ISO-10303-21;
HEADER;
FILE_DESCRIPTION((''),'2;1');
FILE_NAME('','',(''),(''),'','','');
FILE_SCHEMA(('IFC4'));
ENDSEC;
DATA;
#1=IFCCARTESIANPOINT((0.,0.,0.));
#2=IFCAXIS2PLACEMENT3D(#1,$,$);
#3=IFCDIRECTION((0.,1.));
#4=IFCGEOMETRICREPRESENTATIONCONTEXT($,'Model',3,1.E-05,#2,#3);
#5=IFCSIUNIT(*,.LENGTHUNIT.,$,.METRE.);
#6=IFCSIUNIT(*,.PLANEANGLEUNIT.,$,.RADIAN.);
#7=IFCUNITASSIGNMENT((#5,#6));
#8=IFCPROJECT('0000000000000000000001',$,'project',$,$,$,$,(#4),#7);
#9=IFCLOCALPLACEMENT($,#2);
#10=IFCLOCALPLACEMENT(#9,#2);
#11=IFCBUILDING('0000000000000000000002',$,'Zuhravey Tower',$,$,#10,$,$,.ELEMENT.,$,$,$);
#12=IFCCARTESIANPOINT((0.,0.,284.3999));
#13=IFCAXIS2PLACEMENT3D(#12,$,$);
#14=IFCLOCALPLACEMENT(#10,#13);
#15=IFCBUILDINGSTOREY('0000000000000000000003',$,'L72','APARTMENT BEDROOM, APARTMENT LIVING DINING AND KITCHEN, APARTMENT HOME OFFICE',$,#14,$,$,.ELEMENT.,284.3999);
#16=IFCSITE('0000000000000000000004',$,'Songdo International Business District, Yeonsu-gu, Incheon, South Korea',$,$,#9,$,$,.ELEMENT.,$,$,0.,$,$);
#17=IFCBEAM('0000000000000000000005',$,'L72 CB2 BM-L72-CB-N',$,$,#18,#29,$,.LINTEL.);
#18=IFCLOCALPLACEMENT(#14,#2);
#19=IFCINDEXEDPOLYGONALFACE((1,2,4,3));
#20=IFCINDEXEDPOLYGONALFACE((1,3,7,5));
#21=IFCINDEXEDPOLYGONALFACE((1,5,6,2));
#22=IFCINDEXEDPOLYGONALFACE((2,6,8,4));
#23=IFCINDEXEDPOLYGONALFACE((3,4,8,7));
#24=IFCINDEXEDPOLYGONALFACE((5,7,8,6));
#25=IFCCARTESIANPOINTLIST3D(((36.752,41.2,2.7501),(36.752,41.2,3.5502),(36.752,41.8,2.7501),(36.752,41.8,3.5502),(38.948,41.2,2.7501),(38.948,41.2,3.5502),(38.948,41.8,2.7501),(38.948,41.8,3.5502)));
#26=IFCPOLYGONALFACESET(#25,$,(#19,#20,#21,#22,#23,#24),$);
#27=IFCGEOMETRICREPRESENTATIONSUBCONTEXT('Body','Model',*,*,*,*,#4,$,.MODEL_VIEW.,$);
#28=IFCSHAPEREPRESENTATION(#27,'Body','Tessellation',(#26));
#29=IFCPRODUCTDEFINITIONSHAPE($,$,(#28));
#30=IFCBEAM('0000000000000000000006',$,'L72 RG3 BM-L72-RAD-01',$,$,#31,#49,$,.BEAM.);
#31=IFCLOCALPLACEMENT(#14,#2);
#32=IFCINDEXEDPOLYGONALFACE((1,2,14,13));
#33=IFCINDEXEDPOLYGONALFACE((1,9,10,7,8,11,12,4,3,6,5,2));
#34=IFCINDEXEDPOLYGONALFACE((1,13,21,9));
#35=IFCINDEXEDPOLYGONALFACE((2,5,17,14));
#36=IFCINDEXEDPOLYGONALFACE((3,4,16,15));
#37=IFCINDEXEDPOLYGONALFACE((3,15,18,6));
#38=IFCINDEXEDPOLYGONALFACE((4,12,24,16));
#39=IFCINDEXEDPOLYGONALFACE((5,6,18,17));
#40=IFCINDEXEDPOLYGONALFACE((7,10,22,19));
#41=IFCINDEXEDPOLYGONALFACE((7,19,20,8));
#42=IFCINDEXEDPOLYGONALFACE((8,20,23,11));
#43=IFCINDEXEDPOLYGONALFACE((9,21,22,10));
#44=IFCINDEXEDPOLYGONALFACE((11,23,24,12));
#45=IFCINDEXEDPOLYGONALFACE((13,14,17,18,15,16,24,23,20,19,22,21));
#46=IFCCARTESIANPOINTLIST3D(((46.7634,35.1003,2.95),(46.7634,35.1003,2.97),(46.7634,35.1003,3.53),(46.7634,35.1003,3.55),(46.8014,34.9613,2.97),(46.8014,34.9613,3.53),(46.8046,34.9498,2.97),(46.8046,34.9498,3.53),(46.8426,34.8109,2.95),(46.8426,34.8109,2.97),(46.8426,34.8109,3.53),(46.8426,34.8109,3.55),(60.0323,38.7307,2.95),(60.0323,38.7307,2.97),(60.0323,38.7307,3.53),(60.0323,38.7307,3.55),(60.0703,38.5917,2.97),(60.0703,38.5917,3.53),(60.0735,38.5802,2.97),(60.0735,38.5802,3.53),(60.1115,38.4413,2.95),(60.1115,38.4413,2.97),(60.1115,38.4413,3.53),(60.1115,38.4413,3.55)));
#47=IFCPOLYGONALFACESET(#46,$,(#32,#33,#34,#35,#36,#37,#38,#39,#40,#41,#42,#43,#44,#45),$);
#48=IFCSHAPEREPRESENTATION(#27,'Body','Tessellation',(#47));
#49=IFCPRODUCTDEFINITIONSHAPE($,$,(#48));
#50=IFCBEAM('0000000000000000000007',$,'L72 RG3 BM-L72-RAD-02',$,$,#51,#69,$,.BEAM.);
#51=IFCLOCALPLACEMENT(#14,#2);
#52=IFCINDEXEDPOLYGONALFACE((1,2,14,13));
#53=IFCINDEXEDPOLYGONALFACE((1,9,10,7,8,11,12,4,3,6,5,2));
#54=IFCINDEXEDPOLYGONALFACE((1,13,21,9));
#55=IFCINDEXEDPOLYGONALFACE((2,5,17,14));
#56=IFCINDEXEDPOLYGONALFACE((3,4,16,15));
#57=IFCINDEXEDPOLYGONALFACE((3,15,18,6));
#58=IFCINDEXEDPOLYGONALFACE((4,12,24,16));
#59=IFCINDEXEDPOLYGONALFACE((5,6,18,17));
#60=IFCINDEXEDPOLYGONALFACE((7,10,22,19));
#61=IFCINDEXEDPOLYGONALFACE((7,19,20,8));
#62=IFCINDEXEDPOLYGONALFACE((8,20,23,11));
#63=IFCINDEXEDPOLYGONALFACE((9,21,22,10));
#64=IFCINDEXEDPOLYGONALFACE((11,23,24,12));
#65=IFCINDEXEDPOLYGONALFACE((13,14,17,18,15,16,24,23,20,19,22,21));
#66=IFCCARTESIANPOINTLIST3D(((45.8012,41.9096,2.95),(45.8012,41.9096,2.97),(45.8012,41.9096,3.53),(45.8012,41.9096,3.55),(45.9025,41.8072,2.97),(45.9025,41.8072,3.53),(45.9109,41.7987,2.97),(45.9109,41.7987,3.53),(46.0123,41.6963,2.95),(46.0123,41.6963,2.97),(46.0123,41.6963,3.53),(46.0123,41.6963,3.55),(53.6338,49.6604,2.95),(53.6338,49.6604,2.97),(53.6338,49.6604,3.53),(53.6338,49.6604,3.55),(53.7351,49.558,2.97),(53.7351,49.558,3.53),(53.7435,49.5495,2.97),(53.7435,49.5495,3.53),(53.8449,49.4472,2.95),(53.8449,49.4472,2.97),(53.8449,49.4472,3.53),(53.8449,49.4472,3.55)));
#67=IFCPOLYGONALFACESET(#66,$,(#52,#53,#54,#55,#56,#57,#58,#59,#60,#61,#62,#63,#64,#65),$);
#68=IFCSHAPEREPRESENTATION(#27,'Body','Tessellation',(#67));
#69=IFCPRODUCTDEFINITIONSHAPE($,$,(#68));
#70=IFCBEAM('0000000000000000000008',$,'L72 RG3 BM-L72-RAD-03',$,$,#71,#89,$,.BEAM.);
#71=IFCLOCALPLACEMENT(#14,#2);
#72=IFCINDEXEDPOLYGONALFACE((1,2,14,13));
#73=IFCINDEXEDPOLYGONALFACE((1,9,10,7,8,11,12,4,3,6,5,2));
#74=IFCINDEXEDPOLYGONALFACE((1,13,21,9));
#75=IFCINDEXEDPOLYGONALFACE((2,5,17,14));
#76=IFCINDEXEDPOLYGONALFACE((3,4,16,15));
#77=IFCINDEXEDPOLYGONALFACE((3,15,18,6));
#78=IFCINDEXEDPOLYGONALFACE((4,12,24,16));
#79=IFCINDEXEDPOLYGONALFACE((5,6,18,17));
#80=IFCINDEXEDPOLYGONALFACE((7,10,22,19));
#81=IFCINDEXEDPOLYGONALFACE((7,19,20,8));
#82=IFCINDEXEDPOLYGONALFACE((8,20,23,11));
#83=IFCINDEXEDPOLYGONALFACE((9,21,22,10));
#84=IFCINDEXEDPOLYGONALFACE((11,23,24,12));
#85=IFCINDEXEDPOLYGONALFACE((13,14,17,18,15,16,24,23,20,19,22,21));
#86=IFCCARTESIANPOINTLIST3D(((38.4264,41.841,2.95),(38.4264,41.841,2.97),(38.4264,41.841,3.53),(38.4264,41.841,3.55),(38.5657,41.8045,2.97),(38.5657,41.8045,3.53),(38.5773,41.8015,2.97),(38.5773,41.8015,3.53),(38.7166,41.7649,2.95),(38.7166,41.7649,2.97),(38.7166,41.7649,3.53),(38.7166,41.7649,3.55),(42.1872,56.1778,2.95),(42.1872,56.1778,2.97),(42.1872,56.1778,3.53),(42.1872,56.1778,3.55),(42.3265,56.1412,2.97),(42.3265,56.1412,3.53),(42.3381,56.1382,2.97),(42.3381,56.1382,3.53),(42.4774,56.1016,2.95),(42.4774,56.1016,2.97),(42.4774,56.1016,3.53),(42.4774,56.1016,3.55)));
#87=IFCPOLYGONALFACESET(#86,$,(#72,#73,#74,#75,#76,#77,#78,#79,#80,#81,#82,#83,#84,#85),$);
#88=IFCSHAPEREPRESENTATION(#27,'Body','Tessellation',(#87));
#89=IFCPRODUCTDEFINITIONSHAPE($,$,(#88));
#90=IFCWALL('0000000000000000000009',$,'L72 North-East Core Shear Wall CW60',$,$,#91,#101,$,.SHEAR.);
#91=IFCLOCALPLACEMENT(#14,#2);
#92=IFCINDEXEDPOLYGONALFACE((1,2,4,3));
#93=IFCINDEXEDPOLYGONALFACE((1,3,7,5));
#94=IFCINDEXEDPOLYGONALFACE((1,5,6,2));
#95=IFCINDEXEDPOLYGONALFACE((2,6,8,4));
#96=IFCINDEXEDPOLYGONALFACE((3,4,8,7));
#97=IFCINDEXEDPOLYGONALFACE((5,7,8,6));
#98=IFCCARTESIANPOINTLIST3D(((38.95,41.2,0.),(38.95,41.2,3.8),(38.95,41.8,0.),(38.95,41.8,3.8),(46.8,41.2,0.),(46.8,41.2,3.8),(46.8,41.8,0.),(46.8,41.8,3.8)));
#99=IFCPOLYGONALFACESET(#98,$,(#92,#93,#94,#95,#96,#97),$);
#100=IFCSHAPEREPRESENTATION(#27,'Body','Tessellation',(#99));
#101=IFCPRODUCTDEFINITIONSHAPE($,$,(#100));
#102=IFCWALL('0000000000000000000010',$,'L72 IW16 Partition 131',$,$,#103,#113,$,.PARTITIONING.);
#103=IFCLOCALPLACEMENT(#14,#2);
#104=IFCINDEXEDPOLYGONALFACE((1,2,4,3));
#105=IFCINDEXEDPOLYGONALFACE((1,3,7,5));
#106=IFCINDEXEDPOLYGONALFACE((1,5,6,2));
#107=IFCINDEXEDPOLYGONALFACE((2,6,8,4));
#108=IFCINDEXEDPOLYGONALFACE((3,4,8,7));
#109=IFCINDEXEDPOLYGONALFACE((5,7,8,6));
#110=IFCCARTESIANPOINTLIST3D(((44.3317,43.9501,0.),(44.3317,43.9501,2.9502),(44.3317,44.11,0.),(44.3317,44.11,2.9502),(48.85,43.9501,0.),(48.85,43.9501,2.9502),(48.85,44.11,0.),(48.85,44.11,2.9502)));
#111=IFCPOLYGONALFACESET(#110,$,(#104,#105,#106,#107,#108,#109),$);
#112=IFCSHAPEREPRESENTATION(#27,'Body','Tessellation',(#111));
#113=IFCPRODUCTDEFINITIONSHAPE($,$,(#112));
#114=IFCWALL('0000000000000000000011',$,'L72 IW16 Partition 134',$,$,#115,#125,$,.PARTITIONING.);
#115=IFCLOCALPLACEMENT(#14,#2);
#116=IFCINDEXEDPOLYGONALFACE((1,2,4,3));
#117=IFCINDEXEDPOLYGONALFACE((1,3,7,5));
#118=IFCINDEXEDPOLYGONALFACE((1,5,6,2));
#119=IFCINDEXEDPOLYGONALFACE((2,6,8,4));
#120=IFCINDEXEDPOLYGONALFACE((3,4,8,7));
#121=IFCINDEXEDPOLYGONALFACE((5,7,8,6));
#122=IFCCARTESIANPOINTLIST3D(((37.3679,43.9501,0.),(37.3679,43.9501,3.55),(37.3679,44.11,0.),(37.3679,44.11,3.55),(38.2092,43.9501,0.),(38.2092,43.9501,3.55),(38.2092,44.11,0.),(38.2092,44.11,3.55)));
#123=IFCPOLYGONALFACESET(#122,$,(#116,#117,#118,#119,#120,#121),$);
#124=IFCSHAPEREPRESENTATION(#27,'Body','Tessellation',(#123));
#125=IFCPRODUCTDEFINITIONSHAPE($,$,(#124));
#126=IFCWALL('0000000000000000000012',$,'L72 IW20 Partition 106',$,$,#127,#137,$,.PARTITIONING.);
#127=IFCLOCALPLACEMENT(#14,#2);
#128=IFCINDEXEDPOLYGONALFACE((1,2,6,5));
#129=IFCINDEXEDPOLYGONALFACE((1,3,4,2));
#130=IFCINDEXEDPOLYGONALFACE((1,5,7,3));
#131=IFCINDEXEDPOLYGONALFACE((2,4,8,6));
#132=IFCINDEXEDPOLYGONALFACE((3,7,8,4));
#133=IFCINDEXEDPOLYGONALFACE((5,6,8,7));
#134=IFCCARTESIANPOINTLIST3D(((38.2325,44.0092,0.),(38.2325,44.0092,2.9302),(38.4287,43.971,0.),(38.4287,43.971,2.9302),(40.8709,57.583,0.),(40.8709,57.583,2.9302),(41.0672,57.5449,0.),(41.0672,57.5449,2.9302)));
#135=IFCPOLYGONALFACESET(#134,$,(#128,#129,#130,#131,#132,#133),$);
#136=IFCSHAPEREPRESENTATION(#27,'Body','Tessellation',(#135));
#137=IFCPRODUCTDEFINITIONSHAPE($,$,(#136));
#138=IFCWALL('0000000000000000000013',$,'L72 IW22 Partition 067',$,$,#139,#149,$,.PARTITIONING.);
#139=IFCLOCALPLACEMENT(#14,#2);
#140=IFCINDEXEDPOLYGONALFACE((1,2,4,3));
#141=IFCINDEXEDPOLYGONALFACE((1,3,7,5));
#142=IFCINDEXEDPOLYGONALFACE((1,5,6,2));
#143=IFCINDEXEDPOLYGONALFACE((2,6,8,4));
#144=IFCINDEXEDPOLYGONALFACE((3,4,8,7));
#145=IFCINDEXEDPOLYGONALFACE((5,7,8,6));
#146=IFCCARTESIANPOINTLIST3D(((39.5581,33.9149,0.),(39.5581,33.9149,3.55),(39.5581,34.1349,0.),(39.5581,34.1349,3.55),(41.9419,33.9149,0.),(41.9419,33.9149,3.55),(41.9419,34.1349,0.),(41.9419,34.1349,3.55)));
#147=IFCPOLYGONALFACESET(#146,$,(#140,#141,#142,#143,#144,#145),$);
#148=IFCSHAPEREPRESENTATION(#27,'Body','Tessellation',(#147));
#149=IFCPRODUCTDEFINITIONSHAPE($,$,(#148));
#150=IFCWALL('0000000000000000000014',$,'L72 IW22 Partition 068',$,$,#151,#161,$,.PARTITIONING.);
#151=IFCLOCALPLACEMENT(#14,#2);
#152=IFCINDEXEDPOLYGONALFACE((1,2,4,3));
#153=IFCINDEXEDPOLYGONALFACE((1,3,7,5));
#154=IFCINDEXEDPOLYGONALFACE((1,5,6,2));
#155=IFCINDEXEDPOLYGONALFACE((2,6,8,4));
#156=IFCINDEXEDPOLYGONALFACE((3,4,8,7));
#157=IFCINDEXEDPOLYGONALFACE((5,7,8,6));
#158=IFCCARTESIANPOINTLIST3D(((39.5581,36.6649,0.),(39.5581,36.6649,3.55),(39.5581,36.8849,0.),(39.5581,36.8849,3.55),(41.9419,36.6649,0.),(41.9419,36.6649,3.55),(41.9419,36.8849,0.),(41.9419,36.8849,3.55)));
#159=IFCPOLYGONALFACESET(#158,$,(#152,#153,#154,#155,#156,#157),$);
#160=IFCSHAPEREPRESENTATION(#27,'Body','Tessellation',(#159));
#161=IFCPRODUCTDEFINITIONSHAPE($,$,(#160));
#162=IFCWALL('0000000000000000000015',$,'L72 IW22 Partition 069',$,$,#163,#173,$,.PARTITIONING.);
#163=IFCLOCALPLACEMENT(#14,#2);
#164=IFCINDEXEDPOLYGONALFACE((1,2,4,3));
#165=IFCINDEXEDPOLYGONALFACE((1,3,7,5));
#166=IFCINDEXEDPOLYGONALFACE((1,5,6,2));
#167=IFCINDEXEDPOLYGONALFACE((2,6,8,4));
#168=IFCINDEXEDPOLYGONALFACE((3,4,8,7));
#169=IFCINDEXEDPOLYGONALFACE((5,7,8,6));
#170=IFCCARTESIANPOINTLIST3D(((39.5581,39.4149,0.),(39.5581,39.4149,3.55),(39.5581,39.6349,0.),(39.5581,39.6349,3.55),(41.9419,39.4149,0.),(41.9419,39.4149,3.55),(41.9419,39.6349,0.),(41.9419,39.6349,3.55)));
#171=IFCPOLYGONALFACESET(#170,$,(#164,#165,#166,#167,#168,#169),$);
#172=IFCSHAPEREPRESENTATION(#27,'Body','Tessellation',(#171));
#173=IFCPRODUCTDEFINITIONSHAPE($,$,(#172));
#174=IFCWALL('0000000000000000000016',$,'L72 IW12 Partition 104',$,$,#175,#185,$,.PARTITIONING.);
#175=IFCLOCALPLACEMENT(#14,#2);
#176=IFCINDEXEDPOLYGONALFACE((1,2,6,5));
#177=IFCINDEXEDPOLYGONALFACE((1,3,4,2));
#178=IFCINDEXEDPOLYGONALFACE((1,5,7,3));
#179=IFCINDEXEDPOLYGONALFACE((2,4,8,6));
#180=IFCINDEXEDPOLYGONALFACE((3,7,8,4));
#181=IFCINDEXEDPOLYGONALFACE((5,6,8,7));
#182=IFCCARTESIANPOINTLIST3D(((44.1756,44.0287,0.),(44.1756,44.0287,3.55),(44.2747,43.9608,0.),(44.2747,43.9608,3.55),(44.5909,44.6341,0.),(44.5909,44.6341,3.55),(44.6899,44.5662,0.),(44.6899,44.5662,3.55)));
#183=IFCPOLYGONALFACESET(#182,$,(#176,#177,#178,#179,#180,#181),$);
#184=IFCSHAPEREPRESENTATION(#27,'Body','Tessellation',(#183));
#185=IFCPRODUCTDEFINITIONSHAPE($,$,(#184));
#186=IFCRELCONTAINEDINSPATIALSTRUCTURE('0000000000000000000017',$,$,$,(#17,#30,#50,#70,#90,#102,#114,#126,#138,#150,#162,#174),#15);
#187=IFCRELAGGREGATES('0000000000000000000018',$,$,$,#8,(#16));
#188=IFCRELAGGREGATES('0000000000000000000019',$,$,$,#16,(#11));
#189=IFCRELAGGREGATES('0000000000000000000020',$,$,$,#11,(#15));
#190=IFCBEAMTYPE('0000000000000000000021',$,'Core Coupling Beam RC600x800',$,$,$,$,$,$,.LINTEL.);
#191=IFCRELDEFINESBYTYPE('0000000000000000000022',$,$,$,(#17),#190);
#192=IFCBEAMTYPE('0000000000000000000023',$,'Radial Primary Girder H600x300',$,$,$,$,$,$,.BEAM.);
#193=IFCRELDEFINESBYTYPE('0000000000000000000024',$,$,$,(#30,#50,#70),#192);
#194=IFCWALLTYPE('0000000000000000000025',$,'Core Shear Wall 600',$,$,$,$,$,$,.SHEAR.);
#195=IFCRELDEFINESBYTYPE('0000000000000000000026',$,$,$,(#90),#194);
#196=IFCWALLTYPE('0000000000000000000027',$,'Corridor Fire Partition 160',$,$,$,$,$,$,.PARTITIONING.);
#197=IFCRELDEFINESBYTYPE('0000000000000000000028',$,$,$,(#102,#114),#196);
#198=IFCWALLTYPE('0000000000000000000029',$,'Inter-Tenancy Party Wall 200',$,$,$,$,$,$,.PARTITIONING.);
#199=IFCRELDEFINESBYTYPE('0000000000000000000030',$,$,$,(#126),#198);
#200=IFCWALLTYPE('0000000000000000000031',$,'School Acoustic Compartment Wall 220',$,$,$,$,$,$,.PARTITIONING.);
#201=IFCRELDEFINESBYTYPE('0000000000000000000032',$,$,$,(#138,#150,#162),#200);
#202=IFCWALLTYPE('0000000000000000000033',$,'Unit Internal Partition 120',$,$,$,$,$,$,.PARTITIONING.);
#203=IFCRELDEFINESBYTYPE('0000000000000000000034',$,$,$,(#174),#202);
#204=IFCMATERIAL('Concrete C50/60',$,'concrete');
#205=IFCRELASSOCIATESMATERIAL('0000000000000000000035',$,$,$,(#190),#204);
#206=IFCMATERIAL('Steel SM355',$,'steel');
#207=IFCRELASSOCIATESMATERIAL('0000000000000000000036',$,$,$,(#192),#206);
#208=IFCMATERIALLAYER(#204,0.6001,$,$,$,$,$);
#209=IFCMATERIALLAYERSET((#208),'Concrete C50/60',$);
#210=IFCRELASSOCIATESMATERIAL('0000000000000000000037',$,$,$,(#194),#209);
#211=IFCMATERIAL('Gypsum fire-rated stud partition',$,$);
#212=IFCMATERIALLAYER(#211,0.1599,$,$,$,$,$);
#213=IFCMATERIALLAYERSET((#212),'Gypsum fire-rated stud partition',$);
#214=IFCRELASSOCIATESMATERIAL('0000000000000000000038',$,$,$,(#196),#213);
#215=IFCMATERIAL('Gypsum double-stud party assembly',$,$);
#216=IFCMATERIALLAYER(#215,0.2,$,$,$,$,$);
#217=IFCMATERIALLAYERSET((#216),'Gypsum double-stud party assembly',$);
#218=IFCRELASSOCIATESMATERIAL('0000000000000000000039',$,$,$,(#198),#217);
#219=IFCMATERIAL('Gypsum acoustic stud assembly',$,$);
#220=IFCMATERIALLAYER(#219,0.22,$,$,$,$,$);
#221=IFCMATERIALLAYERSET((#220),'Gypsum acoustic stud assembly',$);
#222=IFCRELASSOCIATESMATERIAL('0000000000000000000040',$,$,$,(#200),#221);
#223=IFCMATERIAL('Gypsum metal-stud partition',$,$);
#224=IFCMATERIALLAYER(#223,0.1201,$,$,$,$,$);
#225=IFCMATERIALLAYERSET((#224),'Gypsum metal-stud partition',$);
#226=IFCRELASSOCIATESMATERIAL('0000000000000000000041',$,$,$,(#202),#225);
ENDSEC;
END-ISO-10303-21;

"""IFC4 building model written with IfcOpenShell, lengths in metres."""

from ifc_helpers import new_model, si_unit, direction, frame, frame_2d, origin, origin_2d, place, context, subcontext, project, spatial, rectangle, i_section, extrude, material, layer, layer_set, material_profile, profile_set, type_object, element, save


model = new_model("IFC4")

# Units and contexts
model_context = context("Model", 3, precision=1e-05, world=origin(), true_north=direction((0.0, 1.0)))
body_context = subcontext(model_context, "Body", "Model", "MODEL_VIEW")
ifc_project = project(units=[si_unit("LENGTHUNIT", "METRE"), si_unit("PLANEANGLEUNIT", "RADIAN")], contexts=[model_context])

# Site, building, storey
site_placement = place(None, origin())
site = spatial("IfcSite", under=ifc_project, at=site_placement, Name="Songdo International Business District, Yeonsu-gu, Incheon, South Korea", CompositionType="ELEMENT", RefElevation=0.0)
building_placement = place(site_placement, origin())
building = spatial("IfcBuilding", under=site, at=building_placement, Name="Zuhravey Tower", CompositionType="ELEMENT")
storey_placement = place(building_placement, frame((0.0, 0.0, 284.3999)))
storey = spatial("IfcBuildingStorey", under=building, at=storey_placement, Name="L72", Description="APARTMENT BEDROOM, APARTMENT LIVING DINING AND KITCHEN, APARTMENT HOME OFFICE", CompositionType="ELEMENT", Elevation=284.3999)

# Beams
ifc_material_1 = material(Name="Concrete C50/60", Category="concrete")
ifc_material_profile_1 = material_profile(ifc_material_1, rectangle(XDim=0.6001, YDim=0.8, at=origin_2d()), Name="RC-600x800")
ifc_profile_set_1 = profile_set([ifc_material_profile_1], Name="Concrete C50/60")
beam_type_1 = type_object("IfcBeamType", Name="Core Coupling Beam RC600x800", PredefinedType="LINTEL", material=ifc_profile_set_1)
beam_1_placement = place(storey_placement, frame((36.752, 41.5, 3.1501), z_axis=(1.0, 0.0, 0.0), x_axis=(0.0, 1.0, 0.0)))
element("IfcBeam", 1, at=beam_1_placement, inside=storey, type_object=beam_type_1, Name="L72 CB2 BM-L72-CB-N", PredefinedType="LINTEL", context=body_context, shape_type="SweptSolid", body=[
    extrude(rectangle(XDim=0.6001, YDim=0.8, at=origin_2d()), origin(), (0.0, 0.0, 1.0), 2.196),
])
ifc_material_2 = material(Name="Steel SM355", Category="steel")
ifc_material_profile_2 = material_profile(ifc_material_2, i_section(OverallWidth=0.3, OverallDepth=0.6001, WebThickness=0.012, FlangeThickness=0.02, at=origin_2d()), Name="H-600x300x12x20")
ifc_profile_set_2 = profile_set([ifc_material_profile_2], Name="Steel SM355")
beam_type_2 = type_object("IfcBeamType", Name="Radial Primary Girder H600x300", PredefinedType="BEAM", material=ifc_profile_set_2)
beam_2_placement = place(storey_placement, frame((46.803, 34.9556, 3.25), z_axis=(0.964549, 0.263903, 0.0), x_axis=(-0.263903, 0.964549, 0.0)))
element("IfcBeam", 2, at=beam_2_placement, inside=storey, type_object=beam_type_2, Name="L72 RG3 BM-L72-RAD-01", PredefinedType="BEAM", context=body_context, shape_type="SweptSolid", body=[
    extrude(i_section(OverallWidth=0.3, OverallDepth=0.6001, WebThickness=0.012, FlangeThickness=0.02, at=origin_2d()), origin(), (0.0, 0.0, 1.0), 13.7566),
])
beam_3_placement = place(storey_placement, frame((45.9067, 41.803, 3.25), z_axis=(0.710808, 0.703386, 0.0), x_axis=(-0.703386, 0.710808, 0.0)))
element("IfcBeam", 3, at=beam_3_placement, inside=storey, type_object=beam_type_2, Name="L72 RG3 BM-L72-RAD-02", PredefinedType="BEAM", context=body_context, shape_type="SweptSolid", body=[
    extrude(i_section(OverallWidth=0.3, OverallDepth=0.6001, WebThickness=0.012, FlangeThickness=0.02, at=origin_2d()), origin(), (0.0, 0.0, 1.0), 11.0193),
])
beam_4_placement = place(storey_placement, frame((38.5715, 41.803, 3.25), z_axis=(0.253732, 0.967275, 0.0), x_axis=(-0.967275, 0.253732, 0.0)))
element("IfcBeam", 4, at=beam_4_placement, inside=storey, type_object=beam_type_2, Name="L72 RG3 BM-L72-RAD-03", PredefinedType="BEAM", context=body_context, shape_type="SweptSolid", body=[
    extrude(i_section(OverallWidth=0.3, OverallDepth=0.6001, WebThickness=0.012, FlangeThickness=0.02, at=origin_2d()), origin(), (0.0, 0.0, 1.0), 14.8218),
])

# Wall
ifc_layer_1 = layer(ifc_material_1, 0.6001)
ifc_layer_set_1 = layer_set([ifc_layer_1], Name="Concrete C50/60")
wall_type_1 = type_object("IfcWallType", Name="Core Shear Wall 600", PredefinedType="SHEAR", material=ifc_layer_set_1)
wall_1_placement = place(storey_placement, frame((46.8, 41.5, 0.0), z_axis=(0.0, 0.0, 1.0), x_axis=(-1.0, 0.0, 0.0)))
element("IfcWall", 5, at=wall_1_placement, inside=storey, type_object=wall_type_1, Name="L72 North-East Core Shear Wall CW60", PredefinedType="SHEAR", context=body_context, shape_type="SweptSolid", body=[
    extrude(rectangle(XDim=7.8501, YDim=0.6001, at=frame_2d((3.925, 0.0))), origin(), (0.0, 0.0, 1.0), 3.8),
])

# Shared definitions
ifc_material_3 = material(Name="Gypsum fire-rated stud partition")
ifc_layer_2 = layer(ifc_material_3, 0.1599)
ifc_layer_set_2 = layer_set([ifc_layer_2], Name="Gypsum fire-rated stud partition")
wall_type_2 = type_object("IfcWallType", Name="Corridor Fire Partition 160", PredefinedType="PARTITIONING", material=ifc_layer_set_2)

# Walls
wall_2_placement = place(storey_placement, frame((48.8501, 44.03, 0.0), z_axis=(0.0, 0.0, 1.0), x_axis=(-1.0, 0.0, 0.0)))
element("IfcWall", 6, at=wall_2_placement, inside=storey, type_object=wall_type_2, Name="L72 IW16 Partition 131", PredefinedType="PARTITIONING", context=body_context, shape_type="SweptSolid", body=[
    extrude(rectangle(XDim=4.5183, YDim=0.1599, at=frame_2d((2.2593, 0.0))), origin(), (0.0, 0.0, 1.0), 2.9502),
])
wall_3_placement = place(storey_placement, frame((38.2092, 44.03, 0.0), z_axis=(0.0, 0.0, 1.0), x_axis=(-1.0, 0.0, 0.0)))
element("IfcWall", 7, at=wall_3_placement, inside=storey, type_object=wall_type_2, Name="L72 IW16 Partition 134", PredefinedType="PARTITIONING", context=body_context, shape_type="SweptSolid", body=[
    extrude(rectangle(XDim=0.8413, YDim=0.1599, at=frame_2d((0.4207, 0.0))), origin(), (0.0, 0.0, 1.0), 3.55),
])

# Walls
ifc_material_4 = material(Name="Gypsum double-stud party assembly")
ifc_layer_3 = layer(ifc_material_4, 0.2)
ifc_layer_set_3 = layer_set([ifc_layer_3], Name="Gypsum double-stud party assembly")
wall_type_3 = type_object("IfcWallType", Name="Inter-Tenancy Party Wall 200", PredefinedType="PARTITIONING", material=ifc_layer_set_3)
wall_4_placement = place(storey_placement, frame((38.3306, 43.99, 0.0), z_axis=(0.0, 0.0, 1.0), x_axis=(0.190806, 0.981628, 0.0)))
element("IfcWall", 8, at=wall_4_placement, inside=storey, type_object=wall_type_3, Name="L72 IW20 Partition 106", PredefinedType="PARTITIONING", context=body_context, shape_type="SweptSolid", body=[
    extrude(rectangle(XDim=13.8279, YDim=0.2, at=frame_2d((6.9141, 0.0))), origin(), (0.0, 0.0, 1.0), 2.9302),
])
ifc_material_5 = material(Name="Gypsum acoustic stud assembly")
ifc_layer_4 = layer(ifc_material_5, 0.22)
ifc_layer_set_4 = layer_set([ifc_layer_4], Name="Gypsum acoustic stud assembly")
wall_type_4 = type_object("IfcWallType", Name="School Acoustic Compartment Wall 220", PredefinedType="PARTITIONING", material=ifc_layer_set_4)
for number, where, z_axis, x_axis, name in (
    (9, (39.5581, 34.0249, 0.0), (0.0, 0.0, 1.0), (1.0, 0.0, 0.0), "L72 IW22 Partition 067"),
    (10, (39.5581, 36.7749, 0.0), (0.0, 0.0, 1.0), (1.0, 0.0, 0.0), "L72 IW22 Partition 068"),
    (11, (39.5581, 39.5249, 0.0), (0.0, 0.0, 1.0), (1.0, 0.0, 0.0), "L72 IW22 Partition 069"),
):
    element("IfcWall", number, at=place(storey_placement, frame(where, z_axis=z_axis, x_axis=x_axis)), inside=storey, type_object=wall_type_4, Name=name, PredefinedType="PARTITIONING", context=body_context, shape_type="SweptSolid", body=[
        extrude(rectangle(XDim=2.3838, YDim=0.22, at=frame_2d((1.1919, 0.0))), origin(), (0.0, 0.0, 1.0), 3.55),
    ])
ifc_material_6 = material(Name="Gypsum metal-stud partition")
ifc_layer_5 = layer(ifc_material_6, 0.1201)
ifc_layer_set_5 = layer_set([ifc_layer_5], Name="Gypsum metal-stud partition")
wall_type_5 = type_object("IfcWallType", Name="Unit Internal Partition 120", PredefinedType="PARTITIONING", material=ifc_layer_set_5)
wall_5_placement = place(storey_placement, frame((44.2251, 43.9946, 0.0), z_axis=(0.0, 0.0, 1.0), x_axis=(0.565625, 0.824662, 0.0)))
element("IfcWall", 12, at=wall_5_placement, inside=storey, type_object=wall_type_5, Name="L72 IW12 Partition 104", PredefinedType="PARTITIONING", context=body_context, shape_type="SweptSolid", body=[
    extrude(rectangle(XDim=0.7341, YDim=0.1201, at=frame_2d((0.3672, 0.0))), origin(), (0.0, 0.0, 1.0), 3.55),
])

save(model, "model.ifc")
